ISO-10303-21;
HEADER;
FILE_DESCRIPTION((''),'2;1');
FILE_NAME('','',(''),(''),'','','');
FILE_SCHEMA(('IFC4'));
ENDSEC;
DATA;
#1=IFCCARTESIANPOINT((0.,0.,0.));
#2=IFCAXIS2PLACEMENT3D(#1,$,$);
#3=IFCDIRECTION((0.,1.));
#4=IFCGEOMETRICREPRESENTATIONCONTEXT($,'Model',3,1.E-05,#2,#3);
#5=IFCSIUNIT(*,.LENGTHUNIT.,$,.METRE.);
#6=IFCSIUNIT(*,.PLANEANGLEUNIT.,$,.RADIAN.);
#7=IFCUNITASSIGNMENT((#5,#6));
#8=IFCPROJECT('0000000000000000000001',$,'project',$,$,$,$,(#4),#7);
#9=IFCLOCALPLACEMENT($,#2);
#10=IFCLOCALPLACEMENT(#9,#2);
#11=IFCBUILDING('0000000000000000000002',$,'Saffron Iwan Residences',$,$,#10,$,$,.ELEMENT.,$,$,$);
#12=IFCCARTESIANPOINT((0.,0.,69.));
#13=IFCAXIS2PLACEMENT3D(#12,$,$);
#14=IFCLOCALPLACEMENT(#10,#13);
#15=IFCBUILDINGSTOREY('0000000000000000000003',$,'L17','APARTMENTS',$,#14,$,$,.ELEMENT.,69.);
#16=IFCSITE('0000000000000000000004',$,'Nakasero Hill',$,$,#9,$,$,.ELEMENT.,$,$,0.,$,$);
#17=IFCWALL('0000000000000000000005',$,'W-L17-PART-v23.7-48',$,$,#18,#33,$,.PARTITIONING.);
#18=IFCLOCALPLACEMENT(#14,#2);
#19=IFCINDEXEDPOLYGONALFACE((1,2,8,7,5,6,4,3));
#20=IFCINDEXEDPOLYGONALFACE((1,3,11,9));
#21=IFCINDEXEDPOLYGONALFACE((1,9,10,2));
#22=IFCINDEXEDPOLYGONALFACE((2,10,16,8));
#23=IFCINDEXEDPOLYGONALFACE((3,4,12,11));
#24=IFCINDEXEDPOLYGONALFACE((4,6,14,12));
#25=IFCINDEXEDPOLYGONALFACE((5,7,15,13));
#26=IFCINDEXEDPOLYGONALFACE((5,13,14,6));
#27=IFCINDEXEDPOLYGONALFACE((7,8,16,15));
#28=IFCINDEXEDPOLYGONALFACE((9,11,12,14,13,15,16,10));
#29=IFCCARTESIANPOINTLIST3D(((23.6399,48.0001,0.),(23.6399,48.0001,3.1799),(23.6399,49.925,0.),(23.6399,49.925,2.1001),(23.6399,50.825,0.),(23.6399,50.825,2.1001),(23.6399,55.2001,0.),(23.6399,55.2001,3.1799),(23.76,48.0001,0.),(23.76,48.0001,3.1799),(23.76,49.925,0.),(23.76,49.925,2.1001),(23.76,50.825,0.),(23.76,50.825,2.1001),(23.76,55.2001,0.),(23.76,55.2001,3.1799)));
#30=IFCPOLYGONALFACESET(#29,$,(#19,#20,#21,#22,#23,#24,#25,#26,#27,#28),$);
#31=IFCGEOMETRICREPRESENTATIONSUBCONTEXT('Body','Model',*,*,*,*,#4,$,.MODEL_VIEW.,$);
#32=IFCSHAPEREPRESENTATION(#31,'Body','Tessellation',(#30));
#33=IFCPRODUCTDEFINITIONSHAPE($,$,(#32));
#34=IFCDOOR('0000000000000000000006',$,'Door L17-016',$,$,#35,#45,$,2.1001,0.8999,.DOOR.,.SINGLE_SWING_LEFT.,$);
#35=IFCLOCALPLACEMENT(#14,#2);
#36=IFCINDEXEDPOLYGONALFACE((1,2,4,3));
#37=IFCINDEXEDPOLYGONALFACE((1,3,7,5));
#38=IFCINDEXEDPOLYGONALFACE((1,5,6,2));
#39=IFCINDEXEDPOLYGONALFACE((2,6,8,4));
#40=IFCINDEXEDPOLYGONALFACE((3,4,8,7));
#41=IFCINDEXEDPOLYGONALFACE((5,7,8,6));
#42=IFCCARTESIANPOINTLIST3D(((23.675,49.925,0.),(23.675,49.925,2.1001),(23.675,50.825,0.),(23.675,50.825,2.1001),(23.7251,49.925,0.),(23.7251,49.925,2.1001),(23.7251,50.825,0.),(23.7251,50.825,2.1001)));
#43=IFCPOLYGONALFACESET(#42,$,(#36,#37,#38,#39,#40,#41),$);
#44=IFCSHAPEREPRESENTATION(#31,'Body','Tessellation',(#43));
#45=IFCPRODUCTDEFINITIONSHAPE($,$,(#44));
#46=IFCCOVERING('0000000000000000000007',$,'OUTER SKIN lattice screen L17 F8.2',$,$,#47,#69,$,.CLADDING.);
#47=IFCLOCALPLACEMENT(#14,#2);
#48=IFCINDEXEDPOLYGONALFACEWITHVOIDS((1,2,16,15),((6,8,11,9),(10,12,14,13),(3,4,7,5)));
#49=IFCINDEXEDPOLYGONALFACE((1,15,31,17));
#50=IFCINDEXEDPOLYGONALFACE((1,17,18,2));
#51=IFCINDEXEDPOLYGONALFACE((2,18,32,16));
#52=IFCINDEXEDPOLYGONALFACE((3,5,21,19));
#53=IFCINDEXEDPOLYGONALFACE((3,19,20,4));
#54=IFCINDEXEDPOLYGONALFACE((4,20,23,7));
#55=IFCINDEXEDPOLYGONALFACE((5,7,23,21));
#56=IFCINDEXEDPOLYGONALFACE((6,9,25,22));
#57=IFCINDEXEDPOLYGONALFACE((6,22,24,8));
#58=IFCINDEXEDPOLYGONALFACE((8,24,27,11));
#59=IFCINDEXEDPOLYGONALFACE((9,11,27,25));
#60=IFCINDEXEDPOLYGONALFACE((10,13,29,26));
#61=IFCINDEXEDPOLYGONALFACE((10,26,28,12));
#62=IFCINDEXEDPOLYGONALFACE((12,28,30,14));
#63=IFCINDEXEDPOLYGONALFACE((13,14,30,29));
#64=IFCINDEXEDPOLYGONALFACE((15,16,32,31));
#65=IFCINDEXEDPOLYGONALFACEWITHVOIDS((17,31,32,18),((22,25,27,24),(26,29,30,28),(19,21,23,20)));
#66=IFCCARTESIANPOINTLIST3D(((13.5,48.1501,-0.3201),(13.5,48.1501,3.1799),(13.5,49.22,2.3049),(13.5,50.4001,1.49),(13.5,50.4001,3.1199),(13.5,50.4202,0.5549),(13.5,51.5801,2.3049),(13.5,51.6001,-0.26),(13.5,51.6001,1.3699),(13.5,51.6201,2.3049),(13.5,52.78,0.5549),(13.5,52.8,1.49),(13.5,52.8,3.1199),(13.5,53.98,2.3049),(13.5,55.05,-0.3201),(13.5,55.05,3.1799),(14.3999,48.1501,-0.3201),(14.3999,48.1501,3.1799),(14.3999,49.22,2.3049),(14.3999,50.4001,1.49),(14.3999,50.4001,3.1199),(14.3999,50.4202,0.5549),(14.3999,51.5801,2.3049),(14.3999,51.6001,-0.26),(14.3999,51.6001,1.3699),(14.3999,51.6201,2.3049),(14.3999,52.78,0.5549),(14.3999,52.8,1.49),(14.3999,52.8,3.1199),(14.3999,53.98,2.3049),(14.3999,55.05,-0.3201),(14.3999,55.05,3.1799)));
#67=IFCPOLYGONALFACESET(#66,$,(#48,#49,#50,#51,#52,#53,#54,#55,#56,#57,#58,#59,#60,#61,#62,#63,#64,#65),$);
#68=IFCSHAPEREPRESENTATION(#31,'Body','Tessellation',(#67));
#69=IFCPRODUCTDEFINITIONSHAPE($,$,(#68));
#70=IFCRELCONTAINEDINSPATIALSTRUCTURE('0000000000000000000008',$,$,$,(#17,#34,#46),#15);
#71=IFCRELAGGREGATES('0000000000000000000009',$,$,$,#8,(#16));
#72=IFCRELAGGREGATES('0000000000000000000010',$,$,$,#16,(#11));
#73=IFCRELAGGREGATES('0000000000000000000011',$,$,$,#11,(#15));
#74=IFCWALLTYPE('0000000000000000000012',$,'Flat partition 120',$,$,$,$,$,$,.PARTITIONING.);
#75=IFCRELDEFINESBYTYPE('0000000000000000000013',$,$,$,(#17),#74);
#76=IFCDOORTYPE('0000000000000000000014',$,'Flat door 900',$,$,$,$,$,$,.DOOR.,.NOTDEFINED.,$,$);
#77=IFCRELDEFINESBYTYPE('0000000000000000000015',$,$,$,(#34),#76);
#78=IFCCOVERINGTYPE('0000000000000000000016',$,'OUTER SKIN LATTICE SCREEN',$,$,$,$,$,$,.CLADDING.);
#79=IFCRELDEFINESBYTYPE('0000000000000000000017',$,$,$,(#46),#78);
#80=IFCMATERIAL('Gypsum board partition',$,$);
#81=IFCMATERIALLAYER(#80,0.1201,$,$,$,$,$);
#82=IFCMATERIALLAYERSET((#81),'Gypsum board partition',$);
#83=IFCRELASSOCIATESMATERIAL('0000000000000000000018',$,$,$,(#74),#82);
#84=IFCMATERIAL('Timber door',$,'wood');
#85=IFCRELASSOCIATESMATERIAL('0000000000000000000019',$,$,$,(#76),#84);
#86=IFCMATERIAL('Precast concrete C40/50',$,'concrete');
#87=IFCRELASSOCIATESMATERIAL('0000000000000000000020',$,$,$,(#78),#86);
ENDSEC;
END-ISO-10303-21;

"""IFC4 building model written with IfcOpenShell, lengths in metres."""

from ifc_helpers import new_model, si_unit, direction, frame, frame_2d, origin, place, context, subcontext, project, spatial, polyline, rectangle, outline, extrude, material, layer, layer_set, type_object, element, fill, save


model = new_model("IFC4")

# Units and contexts
model_context = context("Model", 3, precision=1e-05, world=origin(), true_north=direction((0.0, 1.0)))
body_context = subcontext(model_context, "Body", "Model", "MODEL_VIEW")
ifc_project = project(units=[si_unit("LENGTHUNIT", "METRE"), si_unit("PLANEANGLEUNIT", "RADIAN")], contexts=[model_context])

# Site, building, storey
site_placement = place(None, origin())
site = spatial("IfcSite", under=ifc_project, at=site_placement, Name="Nakasero Hill", CompositionType="ELEMENT", RefElevation=0.0)
building_placement = place(site_placement, origin())
building = spatial("IfcBuilding", under=site, at=building_placement, Name="Saffron Iwan Residences", CompositionType="ELEMENT")
storey_placement = place(building_placement, frame((0.0, 0.0, 69.0)))
storey = spatial("IfcBuildingStorey", under=building, at=storey_placement, Name="L17", Description="APARTMENTS", CompositionType="ELEMENT", Elevation=69.0)

# Shared definitions
ifc_material_1 = material(Name="Gypsum board partition")
ifc_layer_1 = layer(ifc_material_1, 0.1201)
ifc_layer_set_1 = layer_set([ifc_layer_1], Name="Gypsum board partition")
wall_type_1 = type_object("IfcWallType", Name="Flat partition 120", PredefinedType="PARTITIONING", material=ifc_layer_set_1)

# Wall, opening, door
wall_1_placement = place(storey_placement, frame((23.7, 48.0, 0.0), z_axis=(0.0, 0.0, 1.0), x_axis=(0.0, 1.0, 0.0)))
wall_1 = element("IfcWall", 1, at=wall_1_placement, inside=storey, type_object=wall_type_1, Name="W-L17-PART-v23.7-48", PredefinedType="PARTITIONING", context=body_context, shape_type="SweptSolid", body=[
    extrude(rectangle(XDim=7.2, YDim=0.1201, at=frame_2d((3.6001, 0.0))), origin(), (0.0, 0.0, 1.0), 3.1799),
])
opening_1_placement = place(wall_1_placement, frame((1.925, 0.0, 0.0)))
opening_1 = element("IfcOpeningElement", 2, at=opening_1_placement, cuts=wall_1, PredefinedType="OPENING", context=body_context, shape_type="SweptSolid", body=[
    extrude(rectangle(XDim=0.8999, YDim=2.1001, at=frame_2d((0.45, 1.05))), frame((0.0, 0.0701, 0.0), z_axis=(0.0, -1.0, 0.0), x_axis=(1.0, 0.0, 0.0)), (0.0, 0.0, 1.0), 0.1401),
])
ifc_material_2 = material(Name="Timber door", Category="wood")
door_type = type_object("IfcDoorType", Name="Flat door 900", OperationType="NOTDEFINED", PredefinedType="DOOR", material=ifc_material_2)
door_placement = place(opening_1_placement, origin())
door = element("IfcDoor", 3, at=door_placement, inside=storey, type_object=door_type, Name="Door L17-016", OperationType="SINGLE_SWING_LEFT", OverallHeight=2.1001, OverallWidth=0.8999, PredefinedType="DOOR", context=body_context, shape_type="SweptSolid", body=[
    extrude(rectangle(XDim=0.8999, YDim=2.1001, at=frame_2d((0.45, 1.05))), frame((0.0, 0.0249, 0.0), z_axis=(0.0, -1.0, 0.0), x_axis=(1.0, 0.0, 0.0)), (0.0, 0.0, 1.0), 0.05),
])
fill(opening_1, door)

# Covering
ifc_material_3 = material(Name="Precast concrete C40/50", Category="concrete")
covering_type = type_object("IfcCoveringType", Name="OUTER SKIN LATTICE SCREEN", PredefinedType="CLADDING", material=ifc_material_3)
covering_placement = place(storey_placement, frame((14.3999, 55.05, -0.3201), z_axis=(-1.0, 0.0, 0.0), x_axis=(0.0, -1.0, 0.0)))
element("IfcCovering", 4, at=covering_placement, inside=storey, type_object=covering_type, Name="OUTER SKIN lattice screen L17 F8.2", PredefinedType="CLADDING", context=body_context, shape_type="SweptSolid", body=[
    extrude(outline(polyline([(0.0, 0.0), (6.8999, 0.0), (6.8999, 3.5), (0.0, 3.5), (0.0, 0.0)]), holes=[polyline([(2.27, 0.875), (3.45, 0.0601), (4.6299, 0.875), (3.45, 1.6899), (2.27, 0.875)]), polyline([(1.0701, 2.625), (2.25, 1.8101), (3.4299, 2.625), (2.25, 3.4399), (1.0701, 2.625)]), polyline([(3.47, 2.625), (4.6499, 1.8101), (5.8301, 2.625), (4.6499, 3.4399), (3.47, 2.625)])]), origin(), (0.0, 0.0, 1.0), 0.8999),
])

save(model, "model.ifc")
